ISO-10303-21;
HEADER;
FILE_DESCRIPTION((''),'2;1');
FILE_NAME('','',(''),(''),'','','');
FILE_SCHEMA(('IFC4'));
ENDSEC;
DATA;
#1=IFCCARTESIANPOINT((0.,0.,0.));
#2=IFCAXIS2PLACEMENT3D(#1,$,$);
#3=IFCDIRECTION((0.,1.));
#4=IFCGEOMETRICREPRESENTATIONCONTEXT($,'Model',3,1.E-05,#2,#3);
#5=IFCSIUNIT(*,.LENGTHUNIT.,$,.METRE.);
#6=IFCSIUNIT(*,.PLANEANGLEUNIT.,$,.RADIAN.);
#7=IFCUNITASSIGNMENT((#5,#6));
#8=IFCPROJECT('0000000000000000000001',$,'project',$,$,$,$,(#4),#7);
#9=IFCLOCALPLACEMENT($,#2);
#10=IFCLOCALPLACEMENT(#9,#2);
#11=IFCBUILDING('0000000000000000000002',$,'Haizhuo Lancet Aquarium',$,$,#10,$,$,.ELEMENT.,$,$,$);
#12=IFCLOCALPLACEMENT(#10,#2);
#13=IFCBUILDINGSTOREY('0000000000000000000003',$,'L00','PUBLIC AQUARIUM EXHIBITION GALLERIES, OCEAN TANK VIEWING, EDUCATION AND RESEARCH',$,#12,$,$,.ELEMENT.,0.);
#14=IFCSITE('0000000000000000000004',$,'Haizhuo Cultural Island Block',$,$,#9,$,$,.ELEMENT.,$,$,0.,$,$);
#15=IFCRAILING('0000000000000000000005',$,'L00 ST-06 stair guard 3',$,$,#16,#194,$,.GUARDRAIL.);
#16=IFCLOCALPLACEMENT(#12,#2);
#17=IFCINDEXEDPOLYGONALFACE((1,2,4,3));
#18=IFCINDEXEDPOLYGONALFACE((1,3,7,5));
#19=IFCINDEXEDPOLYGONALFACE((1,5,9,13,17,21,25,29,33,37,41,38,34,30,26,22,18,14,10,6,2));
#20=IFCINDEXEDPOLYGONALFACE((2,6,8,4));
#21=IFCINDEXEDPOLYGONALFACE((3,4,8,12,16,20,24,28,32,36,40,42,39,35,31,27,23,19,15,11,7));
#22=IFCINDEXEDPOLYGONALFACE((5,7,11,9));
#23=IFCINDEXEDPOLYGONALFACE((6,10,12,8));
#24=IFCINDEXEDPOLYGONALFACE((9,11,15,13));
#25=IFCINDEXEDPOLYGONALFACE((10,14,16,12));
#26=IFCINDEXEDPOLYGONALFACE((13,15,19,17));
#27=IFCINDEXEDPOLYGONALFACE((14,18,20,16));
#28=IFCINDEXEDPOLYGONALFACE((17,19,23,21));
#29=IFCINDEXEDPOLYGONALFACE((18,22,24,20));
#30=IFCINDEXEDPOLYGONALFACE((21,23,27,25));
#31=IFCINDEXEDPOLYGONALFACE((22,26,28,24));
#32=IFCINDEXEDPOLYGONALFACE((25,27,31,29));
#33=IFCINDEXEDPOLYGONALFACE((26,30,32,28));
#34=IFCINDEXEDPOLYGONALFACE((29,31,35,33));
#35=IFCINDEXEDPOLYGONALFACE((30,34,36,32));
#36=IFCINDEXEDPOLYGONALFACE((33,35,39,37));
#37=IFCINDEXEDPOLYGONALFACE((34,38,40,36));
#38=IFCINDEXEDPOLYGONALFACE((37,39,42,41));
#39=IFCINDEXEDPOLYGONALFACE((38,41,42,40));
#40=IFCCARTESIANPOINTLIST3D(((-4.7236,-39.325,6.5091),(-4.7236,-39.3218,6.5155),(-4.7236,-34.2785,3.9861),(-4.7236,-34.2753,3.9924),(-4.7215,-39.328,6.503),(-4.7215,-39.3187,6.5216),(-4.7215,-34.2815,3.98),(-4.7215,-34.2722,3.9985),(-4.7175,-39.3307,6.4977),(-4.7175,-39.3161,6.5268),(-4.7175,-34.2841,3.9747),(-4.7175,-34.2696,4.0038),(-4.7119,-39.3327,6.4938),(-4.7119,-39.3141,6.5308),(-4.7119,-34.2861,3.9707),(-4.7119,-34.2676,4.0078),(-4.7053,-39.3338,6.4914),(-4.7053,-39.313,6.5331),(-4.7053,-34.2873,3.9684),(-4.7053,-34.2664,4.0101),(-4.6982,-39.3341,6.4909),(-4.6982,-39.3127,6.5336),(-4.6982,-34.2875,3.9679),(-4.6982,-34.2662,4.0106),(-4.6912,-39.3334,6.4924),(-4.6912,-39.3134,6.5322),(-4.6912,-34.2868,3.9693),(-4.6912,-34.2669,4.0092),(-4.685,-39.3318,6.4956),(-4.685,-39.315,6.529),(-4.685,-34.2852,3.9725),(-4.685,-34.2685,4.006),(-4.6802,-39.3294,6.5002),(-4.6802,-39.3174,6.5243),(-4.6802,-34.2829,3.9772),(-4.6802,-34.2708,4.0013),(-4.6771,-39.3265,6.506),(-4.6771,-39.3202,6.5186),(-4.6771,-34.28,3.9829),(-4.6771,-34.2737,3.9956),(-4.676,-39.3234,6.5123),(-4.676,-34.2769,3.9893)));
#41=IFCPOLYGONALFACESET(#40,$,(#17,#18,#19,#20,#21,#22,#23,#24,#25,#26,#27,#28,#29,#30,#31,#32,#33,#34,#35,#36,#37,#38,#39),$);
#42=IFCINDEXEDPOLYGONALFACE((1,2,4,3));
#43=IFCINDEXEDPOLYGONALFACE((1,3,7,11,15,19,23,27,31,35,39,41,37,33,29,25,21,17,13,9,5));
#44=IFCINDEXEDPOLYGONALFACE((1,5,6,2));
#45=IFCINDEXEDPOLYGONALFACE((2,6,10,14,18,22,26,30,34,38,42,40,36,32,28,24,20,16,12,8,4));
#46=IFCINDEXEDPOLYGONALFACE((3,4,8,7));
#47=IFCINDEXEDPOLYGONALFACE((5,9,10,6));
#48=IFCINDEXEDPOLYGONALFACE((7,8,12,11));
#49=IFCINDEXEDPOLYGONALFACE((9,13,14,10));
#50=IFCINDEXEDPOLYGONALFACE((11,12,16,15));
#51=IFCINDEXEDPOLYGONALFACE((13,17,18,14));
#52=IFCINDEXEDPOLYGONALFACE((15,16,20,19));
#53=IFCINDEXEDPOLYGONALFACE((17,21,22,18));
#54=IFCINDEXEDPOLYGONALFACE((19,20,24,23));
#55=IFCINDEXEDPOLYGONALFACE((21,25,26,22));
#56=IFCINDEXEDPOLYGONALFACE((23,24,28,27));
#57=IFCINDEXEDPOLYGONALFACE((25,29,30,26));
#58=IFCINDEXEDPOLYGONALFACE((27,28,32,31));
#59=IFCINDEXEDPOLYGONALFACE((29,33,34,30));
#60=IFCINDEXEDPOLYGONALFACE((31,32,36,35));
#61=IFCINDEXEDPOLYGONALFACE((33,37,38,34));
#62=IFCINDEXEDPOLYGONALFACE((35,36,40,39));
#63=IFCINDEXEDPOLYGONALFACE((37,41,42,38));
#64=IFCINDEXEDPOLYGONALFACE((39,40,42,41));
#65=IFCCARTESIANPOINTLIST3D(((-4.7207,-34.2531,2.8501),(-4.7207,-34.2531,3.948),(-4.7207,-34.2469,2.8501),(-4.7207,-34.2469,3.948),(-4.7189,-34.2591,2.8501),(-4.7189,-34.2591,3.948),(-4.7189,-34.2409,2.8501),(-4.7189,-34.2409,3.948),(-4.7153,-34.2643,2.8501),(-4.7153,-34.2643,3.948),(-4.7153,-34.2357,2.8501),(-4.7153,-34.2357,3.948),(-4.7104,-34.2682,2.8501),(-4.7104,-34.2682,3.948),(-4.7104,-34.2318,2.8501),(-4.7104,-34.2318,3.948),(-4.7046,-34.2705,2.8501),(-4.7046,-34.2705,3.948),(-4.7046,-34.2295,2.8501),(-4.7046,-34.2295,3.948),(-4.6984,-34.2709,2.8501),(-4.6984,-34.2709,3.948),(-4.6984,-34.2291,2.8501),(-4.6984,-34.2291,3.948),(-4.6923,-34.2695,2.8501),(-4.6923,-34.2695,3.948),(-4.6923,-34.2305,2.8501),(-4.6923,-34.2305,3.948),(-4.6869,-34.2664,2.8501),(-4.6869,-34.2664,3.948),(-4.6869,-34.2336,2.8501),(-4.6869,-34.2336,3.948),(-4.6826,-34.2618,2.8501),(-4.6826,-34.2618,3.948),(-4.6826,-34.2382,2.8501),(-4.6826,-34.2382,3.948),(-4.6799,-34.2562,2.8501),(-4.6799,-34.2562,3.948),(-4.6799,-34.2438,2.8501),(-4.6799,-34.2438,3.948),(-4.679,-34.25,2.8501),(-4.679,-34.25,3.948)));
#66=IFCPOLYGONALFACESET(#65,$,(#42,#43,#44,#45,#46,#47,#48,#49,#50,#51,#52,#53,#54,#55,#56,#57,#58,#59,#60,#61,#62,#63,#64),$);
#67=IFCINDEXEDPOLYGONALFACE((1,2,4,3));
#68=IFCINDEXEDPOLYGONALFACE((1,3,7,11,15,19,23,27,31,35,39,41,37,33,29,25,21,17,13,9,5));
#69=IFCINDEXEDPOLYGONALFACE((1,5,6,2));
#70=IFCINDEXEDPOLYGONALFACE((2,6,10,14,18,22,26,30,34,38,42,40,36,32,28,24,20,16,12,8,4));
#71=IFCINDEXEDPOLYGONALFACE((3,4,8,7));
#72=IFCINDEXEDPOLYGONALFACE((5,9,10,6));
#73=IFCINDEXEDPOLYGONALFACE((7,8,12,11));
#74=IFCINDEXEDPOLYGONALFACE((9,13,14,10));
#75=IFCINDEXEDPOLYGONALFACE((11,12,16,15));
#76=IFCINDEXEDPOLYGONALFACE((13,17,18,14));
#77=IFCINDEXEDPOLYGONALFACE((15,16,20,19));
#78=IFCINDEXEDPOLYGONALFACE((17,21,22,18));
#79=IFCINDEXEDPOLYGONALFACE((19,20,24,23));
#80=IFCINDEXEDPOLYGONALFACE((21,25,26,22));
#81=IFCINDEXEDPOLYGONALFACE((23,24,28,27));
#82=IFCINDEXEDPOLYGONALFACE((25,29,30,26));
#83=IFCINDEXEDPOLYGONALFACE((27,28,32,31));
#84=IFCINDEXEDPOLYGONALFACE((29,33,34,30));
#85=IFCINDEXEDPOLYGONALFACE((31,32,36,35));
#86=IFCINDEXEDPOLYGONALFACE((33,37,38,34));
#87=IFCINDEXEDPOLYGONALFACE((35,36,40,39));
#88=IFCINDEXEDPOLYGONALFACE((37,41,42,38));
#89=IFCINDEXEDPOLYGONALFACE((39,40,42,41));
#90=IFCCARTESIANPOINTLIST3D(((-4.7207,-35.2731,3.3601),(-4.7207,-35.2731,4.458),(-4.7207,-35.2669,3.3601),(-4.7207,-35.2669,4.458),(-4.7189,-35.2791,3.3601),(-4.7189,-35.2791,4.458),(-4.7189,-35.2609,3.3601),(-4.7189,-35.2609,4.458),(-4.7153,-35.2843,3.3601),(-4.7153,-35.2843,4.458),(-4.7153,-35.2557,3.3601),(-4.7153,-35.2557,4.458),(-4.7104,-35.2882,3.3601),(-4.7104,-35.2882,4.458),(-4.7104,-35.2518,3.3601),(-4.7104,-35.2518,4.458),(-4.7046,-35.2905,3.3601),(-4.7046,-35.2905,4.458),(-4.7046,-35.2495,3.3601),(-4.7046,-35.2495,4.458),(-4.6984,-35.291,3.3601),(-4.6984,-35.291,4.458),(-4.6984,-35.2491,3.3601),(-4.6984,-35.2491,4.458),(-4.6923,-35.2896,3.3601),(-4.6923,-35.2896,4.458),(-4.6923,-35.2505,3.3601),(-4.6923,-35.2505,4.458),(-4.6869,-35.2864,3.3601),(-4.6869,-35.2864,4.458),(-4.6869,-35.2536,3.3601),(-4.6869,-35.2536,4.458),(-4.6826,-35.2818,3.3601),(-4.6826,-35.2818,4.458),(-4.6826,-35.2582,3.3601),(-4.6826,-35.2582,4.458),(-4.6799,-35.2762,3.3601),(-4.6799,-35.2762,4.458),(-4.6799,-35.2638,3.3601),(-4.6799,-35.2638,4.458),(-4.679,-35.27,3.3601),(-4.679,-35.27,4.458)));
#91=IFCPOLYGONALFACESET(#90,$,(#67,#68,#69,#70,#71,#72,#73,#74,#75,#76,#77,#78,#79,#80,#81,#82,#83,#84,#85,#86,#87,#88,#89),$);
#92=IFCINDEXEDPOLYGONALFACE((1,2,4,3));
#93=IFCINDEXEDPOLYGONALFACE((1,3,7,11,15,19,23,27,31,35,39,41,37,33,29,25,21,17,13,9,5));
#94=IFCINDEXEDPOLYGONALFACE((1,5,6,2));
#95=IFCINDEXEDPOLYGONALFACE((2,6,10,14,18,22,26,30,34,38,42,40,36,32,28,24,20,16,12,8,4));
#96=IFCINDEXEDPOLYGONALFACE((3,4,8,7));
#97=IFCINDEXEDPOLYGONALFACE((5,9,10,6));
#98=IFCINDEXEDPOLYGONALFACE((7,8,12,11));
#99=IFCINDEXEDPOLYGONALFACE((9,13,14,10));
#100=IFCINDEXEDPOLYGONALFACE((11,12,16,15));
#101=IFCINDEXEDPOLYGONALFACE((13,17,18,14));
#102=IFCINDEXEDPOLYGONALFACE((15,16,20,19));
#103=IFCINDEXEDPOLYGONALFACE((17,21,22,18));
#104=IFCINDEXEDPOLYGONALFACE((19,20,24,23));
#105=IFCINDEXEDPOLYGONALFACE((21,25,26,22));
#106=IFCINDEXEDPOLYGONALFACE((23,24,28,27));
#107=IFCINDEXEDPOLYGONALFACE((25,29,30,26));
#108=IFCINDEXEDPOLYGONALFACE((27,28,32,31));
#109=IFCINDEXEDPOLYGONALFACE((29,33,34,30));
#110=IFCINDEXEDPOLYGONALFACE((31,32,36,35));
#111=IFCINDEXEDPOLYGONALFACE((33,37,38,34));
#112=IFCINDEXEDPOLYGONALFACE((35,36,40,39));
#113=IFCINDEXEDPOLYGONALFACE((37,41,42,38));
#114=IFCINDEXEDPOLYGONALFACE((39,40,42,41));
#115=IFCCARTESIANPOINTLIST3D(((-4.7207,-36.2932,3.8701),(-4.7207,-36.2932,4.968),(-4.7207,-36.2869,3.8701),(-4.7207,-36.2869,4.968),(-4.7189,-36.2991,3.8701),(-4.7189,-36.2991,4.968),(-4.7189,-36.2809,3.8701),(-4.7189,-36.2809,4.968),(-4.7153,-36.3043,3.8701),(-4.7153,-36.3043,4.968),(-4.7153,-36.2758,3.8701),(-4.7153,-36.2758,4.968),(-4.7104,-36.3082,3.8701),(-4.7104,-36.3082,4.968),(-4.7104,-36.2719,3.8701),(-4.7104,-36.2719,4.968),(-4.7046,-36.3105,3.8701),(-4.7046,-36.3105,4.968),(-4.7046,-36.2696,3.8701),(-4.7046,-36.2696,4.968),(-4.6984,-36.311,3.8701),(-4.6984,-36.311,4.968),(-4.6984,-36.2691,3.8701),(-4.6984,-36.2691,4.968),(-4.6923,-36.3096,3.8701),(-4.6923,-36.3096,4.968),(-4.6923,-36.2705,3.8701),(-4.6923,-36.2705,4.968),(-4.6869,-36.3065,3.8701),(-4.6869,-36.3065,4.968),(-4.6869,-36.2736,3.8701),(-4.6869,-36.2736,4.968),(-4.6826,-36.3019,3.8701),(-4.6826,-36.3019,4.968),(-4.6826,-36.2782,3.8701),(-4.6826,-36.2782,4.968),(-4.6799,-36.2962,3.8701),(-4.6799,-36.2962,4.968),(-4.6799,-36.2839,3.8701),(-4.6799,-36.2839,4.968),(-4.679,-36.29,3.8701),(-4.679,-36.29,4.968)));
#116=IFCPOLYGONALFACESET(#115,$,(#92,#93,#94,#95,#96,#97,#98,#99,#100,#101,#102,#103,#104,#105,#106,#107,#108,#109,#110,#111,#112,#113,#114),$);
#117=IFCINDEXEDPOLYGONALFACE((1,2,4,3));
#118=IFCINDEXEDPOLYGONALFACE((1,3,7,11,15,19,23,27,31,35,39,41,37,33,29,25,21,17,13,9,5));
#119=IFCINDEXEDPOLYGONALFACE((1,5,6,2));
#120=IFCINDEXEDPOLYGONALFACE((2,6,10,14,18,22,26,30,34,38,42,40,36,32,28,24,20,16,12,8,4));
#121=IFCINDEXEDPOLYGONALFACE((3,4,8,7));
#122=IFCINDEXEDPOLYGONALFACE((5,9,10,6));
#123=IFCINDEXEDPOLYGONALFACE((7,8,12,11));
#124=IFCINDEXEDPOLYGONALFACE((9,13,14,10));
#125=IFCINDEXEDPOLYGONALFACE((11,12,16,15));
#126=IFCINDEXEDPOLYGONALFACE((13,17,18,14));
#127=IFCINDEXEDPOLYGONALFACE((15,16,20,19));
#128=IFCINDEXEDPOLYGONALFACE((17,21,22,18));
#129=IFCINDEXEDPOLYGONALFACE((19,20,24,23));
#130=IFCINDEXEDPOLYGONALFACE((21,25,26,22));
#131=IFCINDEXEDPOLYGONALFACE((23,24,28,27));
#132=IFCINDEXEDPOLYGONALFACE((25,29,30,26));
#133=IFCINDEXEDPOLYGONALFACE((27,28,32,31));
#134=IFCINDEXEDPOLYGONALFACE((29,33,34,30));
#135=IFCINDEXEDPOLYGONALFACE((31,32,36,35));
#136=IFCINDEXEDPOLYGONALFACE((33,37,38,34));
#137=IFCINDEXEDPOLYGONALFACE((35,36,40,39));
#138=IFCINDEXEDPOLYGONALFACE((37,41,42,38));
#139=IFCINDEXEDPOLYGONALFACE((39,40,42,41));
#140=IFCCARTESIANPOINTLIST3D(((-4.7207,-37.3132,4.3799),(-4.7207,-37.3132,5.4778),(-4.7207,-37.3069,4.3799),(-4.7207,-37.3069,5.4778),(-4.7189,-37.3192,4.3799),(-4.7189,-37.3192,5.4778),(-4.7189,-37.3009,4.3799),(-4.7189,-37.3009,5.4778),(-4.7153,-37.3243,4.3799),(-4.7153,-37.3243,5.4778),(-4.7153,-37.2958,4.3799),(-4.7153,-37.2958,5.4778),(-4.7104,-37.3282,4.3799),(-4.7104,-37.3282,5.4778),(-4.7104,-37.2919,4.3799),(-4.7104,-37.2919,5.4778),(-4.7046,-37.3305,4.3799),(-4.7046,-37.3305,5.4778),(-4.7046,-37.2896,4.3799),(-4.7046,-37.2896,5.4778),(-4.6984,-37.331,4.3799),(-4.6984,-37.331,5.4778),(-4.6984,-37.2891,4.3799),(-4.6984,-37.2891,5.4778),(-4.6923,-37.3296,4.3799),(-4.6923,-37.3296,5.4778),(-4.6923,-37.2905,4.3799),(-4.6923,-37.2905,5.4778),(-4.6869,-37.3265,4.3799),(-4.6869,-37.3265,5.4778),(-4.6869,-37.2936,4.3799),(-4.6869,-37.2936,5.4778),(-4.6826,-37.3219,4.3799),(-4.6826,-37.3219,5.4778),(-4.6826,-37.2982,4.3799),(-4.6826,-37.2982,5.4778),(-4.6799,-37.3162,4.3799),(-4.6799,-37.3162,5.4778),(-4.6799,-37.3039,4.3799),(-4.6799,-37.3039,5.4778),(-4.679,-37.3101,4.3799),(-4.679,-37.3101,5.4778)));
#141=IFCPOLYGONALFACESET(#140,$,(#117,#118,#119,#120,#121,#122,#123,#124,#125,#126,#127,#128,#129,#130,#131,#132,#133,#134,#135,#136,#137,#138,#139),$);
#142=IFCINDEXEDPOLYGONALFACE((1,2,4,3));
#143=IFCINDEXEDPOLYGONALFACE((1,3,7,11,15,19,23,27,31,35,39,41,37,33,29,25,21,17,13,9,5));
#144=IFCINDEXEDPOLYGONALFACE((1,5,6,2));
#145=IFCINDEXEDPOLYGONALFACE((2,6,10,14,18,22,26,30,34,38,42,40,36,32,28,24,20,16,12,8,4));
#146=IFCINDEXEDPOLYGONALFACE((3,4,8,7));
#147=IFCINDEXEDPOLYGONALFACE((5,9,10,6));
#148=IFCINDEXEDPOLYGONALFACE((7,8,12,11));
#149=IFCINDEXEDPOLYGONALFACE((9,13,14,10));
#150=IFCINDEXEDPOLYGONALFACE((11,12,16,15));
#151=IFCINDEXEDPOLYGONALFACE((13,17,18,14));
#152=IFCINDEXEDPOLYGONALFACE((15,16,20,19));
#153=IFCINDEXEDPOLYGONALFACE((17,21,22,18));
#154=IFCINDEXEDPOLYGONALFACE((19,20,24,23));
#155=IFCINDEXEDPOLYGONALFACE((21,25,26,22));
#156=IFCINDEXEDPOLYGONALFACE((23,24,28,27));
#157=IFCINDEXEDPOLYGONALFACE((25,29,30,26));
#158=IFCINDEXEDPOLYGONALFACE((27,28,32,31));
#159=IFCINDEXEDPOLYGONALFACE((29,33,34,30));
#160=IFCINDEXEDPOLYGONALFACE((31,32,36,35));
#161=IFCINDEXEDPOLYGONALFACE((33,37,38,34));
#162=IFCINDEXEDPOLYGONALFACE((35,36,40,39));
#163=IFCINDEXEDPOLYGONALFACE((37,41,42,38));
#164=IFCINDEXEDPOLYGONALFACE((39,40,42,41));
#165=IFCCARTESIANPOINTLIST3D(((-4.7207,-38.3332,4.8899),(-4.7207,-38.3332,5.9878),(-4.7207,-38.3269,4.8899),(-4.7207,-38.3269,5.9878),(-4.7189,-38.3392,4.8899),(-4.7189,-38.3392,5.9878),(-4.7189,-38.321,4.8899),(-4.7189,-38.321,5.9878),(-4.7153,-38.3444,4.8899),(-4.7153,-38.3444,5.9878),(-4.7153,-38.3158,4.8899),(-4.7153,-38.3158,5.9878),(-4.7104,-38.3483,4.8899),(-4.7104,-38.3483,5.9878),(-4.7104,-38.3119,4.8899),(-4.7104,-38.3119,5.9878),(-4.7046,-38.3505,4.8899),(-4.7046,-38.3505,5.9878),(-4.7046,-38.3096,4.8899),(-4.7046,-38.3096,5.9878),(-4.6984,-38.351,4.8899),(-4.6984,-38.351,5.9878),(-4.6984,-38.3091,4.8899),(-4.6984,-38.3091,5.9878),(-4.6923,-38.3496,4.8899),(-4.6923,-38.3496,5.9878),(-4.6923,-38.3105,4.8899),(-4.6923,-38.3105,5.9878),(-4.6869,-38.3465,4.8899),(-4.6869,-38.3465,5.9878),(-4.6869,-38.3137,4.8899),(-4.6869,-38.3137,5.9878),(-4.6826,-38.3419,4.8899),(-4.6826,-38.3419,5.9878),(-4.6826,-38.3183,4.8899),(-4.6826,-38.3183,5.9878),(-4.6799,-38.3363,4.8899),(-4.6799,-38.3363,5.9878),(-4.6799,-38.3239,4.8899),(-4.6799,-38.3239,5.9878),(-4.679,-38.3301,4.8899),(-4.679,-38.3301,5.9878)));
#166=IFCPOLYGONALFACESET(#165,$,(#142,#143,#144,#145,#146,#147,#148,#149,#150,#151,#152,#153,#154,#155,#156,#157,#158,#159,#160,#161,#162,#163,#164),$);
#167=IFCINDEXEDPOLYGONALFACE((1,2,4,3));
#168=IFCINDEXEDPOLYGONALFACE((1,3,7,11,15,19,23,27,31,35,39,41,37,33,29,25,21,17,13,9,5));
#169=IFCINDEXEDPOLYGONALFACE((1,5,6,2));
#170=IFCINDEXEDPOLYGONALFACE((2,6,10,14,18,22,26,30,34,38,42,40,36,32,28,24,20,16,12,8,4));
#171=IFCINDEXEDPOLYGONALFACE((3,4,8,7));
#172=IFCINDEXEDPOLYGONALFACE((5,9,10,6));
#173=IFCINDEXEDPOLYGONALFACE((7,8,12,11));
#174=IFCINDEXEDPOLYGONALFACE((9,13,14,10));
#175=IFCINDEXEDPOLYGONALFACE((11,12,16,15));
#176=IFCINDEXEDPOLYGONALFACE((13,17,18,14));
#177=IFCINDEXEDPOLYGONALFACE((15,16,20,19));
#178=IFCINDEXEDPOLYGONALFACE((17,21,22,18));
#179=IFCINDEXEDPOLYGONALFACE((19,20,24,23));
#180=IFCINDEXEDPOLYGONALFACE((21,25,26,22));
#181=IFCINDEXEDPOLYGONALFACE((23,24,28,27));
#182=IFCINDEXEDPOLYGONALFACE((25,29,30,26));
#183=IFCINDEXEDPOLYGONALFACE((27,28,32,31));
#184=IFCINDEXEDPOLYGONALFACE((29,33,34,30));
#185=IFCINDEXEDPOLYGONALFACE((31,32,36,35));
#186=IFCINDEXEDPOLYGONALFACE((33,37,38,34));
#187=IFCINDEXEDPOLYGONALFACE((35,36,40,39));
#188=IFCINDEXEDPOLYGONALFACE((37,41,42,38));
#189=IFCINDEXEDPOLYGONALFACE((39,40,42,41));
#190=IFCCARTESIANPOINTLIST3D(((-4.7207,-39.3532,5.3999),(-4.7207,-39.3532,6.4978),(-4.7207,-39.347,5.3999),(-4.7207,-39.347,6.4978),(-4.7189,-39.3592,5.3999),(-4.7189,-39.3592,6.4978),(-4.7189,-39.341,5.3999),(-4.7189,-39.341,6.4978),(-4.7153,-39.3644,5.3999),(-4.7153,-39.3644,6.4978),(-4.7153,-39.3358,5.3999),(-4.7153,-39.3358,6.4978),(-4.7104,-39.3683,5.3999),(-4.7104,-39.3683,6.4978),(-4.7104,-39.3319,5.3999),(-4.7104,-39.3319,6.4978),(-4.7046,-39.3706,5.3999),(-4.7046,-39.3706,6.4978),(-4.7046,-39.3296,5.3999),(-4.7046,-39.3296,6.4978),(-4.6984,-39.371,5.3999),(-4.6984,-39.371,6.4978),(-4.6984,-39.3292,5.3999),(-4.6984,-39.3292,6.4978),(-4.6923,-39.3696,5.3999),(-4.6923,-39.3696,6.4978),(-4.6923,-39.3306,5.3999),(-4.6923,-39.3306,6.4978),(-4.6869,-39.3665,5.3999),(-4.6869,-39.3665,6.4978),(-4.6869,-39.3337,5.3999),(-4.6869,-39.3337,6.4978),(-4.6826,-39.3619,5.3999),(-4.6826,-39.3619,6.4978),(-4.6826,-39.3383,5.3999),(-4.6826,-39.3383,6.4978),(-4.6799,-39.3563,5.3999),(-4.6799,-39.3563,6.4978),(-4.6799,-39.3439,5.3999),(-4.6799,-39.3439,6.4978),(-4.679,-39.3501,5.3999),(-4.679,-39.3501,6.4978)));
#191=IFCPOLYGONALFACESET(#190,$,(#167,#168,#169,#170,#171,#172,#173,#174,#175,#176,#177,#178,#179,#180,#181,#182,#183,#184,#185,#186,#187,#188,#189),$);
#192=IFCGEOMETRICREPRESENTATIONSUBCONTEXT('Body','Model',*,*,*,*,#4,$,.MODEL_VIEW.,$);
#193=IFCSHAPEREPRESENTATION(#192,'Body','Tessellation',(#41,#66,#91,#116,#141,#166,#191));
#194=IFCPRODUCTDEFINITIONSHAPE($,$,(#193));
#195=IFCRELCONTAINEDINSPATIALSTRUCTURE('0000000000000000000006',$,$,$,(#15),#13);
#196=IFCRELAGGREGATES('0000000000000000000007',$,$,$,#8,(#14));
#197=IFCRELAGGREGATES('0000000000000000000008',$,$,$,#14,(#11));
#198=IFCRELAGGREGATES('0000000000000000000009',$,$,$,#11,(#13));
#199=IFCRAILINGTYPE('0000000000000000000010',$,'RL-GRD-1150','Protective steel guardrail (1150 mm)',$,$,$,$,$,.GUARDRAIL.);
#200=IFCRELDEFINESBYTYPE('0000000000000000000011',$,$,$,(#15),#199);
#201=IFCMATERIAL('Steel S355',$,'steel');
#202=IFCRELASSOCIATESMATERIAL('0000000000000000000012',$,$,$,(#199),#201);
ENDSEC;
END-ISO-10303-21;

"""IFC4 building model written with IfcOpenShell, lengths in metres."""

from ifc_helpers import new_model, si_unit, direction, frame, origin, origin_2d, place, context, subcontext, project, spatial, circle, extrude, material, type_object, element, save


model = new_model("IFC4")

# Units and contexts
model_context = context("Model", 3, precision=1e-05, world=origin(), true_north=direction((0.0, 1.0)))
body_context = subcontext(model_context, "Body", "Model", "MODEL_VIEW")
ifc_project = project(units=[si_unit("LENGTHUNIT", "METRE"), si_unit("PLANEANGLEUNIT", "RADIAN")], contexts=[model_context])

# Site, building, storey
site_placement = place(None, origin())
site = spatial("IfcSite", under=ifc_project, at=site_placement, Name="Haizhuo Cultural Island Block", CompositionType="ELEMENT", RefElevation=0.0)
building_placement = place(site_placement, origin())
building = spatial("IfcBuilding", under=site, at=building_placement, Name="Haizhuo Lancet Aquarium", CompositionType="ELEMENT")
storey_placement = place(building_placement, origin())
storey = spatial("IfcBuildingStorey", under=building, at=storey_placement, Name="L00", Description="PUBLIC AQUARIUM EXHIBITION GALLERIES, OCEAN TANK VIEWING, EDUCATION AND RESEARCH", CompositionType="ELEMENT", Elevation=0.0)

# Shared definitions
ifc_material_1 = material(Name="Steel S355", Category="steel")

# Railing
railing_type_1 = type_object("IfcRailingType", Name="RL-GRD-1150", Description="Protective steel guardrail (1150 mm)", PredefinedType="GUARDRAIL", material=ifc_material_1)
railing_1_placement = place(storey_placement, frame((-4.7, -34.25, 2.8501)))
element("IfcRailing", 1, at=railing_1_placement, inside=storey, type_object=railing_type_1, Name="L00 ST-06 stair guard 3", PredefinedType="GUARDRAIL", context=body_context, shape_type="SweptSolid", body=[
    extrude(circle(Radius=0.0239, at=origin_2d()), frame((0.0, -0.0269, 1.1392), z_axis=(0.0, -0.894444, 0.447179), x_axis=(1.0, 0.0, 0.0)), (0.0, 0.0, 1.0), 5.6421),
    extrude(circle(Radius=0.021, at=origin_2d()), origin(), (0.0, 0.0, 1.0), 1.0979),
    extrude(circle(Radius=0.021, at=origin_2d()), frame((0.0, -1.02, 0.51)), (0.0, 0.0, 1.0), 1.0979),
    extrude(circle(Radius=0.021, at=origin_2d()), frame((0.0, -2.04, 1.02)), (0.0, 0.0, 1.0), 1.0979),
    extrude(circle(Radius=0.021, at=origin_2d()), frame((0.0, -3.0601, 1.5298)), (0.0, 0.0, 1.0), 1.0979),
    extrude(circle(Radius=0.021, at=origin_2d()), frame((0.0, -4.0801, 2.0398)), (0.0, 0.0, 1.0), 1.0979),
    extrude(circle(Radius=0.021, at=origin_2d()), frame((0.0, -5.1001, 2.5498)), (0.0, 0.0, 1.0), 1.0979),
])

save(model, "model.ifc")
